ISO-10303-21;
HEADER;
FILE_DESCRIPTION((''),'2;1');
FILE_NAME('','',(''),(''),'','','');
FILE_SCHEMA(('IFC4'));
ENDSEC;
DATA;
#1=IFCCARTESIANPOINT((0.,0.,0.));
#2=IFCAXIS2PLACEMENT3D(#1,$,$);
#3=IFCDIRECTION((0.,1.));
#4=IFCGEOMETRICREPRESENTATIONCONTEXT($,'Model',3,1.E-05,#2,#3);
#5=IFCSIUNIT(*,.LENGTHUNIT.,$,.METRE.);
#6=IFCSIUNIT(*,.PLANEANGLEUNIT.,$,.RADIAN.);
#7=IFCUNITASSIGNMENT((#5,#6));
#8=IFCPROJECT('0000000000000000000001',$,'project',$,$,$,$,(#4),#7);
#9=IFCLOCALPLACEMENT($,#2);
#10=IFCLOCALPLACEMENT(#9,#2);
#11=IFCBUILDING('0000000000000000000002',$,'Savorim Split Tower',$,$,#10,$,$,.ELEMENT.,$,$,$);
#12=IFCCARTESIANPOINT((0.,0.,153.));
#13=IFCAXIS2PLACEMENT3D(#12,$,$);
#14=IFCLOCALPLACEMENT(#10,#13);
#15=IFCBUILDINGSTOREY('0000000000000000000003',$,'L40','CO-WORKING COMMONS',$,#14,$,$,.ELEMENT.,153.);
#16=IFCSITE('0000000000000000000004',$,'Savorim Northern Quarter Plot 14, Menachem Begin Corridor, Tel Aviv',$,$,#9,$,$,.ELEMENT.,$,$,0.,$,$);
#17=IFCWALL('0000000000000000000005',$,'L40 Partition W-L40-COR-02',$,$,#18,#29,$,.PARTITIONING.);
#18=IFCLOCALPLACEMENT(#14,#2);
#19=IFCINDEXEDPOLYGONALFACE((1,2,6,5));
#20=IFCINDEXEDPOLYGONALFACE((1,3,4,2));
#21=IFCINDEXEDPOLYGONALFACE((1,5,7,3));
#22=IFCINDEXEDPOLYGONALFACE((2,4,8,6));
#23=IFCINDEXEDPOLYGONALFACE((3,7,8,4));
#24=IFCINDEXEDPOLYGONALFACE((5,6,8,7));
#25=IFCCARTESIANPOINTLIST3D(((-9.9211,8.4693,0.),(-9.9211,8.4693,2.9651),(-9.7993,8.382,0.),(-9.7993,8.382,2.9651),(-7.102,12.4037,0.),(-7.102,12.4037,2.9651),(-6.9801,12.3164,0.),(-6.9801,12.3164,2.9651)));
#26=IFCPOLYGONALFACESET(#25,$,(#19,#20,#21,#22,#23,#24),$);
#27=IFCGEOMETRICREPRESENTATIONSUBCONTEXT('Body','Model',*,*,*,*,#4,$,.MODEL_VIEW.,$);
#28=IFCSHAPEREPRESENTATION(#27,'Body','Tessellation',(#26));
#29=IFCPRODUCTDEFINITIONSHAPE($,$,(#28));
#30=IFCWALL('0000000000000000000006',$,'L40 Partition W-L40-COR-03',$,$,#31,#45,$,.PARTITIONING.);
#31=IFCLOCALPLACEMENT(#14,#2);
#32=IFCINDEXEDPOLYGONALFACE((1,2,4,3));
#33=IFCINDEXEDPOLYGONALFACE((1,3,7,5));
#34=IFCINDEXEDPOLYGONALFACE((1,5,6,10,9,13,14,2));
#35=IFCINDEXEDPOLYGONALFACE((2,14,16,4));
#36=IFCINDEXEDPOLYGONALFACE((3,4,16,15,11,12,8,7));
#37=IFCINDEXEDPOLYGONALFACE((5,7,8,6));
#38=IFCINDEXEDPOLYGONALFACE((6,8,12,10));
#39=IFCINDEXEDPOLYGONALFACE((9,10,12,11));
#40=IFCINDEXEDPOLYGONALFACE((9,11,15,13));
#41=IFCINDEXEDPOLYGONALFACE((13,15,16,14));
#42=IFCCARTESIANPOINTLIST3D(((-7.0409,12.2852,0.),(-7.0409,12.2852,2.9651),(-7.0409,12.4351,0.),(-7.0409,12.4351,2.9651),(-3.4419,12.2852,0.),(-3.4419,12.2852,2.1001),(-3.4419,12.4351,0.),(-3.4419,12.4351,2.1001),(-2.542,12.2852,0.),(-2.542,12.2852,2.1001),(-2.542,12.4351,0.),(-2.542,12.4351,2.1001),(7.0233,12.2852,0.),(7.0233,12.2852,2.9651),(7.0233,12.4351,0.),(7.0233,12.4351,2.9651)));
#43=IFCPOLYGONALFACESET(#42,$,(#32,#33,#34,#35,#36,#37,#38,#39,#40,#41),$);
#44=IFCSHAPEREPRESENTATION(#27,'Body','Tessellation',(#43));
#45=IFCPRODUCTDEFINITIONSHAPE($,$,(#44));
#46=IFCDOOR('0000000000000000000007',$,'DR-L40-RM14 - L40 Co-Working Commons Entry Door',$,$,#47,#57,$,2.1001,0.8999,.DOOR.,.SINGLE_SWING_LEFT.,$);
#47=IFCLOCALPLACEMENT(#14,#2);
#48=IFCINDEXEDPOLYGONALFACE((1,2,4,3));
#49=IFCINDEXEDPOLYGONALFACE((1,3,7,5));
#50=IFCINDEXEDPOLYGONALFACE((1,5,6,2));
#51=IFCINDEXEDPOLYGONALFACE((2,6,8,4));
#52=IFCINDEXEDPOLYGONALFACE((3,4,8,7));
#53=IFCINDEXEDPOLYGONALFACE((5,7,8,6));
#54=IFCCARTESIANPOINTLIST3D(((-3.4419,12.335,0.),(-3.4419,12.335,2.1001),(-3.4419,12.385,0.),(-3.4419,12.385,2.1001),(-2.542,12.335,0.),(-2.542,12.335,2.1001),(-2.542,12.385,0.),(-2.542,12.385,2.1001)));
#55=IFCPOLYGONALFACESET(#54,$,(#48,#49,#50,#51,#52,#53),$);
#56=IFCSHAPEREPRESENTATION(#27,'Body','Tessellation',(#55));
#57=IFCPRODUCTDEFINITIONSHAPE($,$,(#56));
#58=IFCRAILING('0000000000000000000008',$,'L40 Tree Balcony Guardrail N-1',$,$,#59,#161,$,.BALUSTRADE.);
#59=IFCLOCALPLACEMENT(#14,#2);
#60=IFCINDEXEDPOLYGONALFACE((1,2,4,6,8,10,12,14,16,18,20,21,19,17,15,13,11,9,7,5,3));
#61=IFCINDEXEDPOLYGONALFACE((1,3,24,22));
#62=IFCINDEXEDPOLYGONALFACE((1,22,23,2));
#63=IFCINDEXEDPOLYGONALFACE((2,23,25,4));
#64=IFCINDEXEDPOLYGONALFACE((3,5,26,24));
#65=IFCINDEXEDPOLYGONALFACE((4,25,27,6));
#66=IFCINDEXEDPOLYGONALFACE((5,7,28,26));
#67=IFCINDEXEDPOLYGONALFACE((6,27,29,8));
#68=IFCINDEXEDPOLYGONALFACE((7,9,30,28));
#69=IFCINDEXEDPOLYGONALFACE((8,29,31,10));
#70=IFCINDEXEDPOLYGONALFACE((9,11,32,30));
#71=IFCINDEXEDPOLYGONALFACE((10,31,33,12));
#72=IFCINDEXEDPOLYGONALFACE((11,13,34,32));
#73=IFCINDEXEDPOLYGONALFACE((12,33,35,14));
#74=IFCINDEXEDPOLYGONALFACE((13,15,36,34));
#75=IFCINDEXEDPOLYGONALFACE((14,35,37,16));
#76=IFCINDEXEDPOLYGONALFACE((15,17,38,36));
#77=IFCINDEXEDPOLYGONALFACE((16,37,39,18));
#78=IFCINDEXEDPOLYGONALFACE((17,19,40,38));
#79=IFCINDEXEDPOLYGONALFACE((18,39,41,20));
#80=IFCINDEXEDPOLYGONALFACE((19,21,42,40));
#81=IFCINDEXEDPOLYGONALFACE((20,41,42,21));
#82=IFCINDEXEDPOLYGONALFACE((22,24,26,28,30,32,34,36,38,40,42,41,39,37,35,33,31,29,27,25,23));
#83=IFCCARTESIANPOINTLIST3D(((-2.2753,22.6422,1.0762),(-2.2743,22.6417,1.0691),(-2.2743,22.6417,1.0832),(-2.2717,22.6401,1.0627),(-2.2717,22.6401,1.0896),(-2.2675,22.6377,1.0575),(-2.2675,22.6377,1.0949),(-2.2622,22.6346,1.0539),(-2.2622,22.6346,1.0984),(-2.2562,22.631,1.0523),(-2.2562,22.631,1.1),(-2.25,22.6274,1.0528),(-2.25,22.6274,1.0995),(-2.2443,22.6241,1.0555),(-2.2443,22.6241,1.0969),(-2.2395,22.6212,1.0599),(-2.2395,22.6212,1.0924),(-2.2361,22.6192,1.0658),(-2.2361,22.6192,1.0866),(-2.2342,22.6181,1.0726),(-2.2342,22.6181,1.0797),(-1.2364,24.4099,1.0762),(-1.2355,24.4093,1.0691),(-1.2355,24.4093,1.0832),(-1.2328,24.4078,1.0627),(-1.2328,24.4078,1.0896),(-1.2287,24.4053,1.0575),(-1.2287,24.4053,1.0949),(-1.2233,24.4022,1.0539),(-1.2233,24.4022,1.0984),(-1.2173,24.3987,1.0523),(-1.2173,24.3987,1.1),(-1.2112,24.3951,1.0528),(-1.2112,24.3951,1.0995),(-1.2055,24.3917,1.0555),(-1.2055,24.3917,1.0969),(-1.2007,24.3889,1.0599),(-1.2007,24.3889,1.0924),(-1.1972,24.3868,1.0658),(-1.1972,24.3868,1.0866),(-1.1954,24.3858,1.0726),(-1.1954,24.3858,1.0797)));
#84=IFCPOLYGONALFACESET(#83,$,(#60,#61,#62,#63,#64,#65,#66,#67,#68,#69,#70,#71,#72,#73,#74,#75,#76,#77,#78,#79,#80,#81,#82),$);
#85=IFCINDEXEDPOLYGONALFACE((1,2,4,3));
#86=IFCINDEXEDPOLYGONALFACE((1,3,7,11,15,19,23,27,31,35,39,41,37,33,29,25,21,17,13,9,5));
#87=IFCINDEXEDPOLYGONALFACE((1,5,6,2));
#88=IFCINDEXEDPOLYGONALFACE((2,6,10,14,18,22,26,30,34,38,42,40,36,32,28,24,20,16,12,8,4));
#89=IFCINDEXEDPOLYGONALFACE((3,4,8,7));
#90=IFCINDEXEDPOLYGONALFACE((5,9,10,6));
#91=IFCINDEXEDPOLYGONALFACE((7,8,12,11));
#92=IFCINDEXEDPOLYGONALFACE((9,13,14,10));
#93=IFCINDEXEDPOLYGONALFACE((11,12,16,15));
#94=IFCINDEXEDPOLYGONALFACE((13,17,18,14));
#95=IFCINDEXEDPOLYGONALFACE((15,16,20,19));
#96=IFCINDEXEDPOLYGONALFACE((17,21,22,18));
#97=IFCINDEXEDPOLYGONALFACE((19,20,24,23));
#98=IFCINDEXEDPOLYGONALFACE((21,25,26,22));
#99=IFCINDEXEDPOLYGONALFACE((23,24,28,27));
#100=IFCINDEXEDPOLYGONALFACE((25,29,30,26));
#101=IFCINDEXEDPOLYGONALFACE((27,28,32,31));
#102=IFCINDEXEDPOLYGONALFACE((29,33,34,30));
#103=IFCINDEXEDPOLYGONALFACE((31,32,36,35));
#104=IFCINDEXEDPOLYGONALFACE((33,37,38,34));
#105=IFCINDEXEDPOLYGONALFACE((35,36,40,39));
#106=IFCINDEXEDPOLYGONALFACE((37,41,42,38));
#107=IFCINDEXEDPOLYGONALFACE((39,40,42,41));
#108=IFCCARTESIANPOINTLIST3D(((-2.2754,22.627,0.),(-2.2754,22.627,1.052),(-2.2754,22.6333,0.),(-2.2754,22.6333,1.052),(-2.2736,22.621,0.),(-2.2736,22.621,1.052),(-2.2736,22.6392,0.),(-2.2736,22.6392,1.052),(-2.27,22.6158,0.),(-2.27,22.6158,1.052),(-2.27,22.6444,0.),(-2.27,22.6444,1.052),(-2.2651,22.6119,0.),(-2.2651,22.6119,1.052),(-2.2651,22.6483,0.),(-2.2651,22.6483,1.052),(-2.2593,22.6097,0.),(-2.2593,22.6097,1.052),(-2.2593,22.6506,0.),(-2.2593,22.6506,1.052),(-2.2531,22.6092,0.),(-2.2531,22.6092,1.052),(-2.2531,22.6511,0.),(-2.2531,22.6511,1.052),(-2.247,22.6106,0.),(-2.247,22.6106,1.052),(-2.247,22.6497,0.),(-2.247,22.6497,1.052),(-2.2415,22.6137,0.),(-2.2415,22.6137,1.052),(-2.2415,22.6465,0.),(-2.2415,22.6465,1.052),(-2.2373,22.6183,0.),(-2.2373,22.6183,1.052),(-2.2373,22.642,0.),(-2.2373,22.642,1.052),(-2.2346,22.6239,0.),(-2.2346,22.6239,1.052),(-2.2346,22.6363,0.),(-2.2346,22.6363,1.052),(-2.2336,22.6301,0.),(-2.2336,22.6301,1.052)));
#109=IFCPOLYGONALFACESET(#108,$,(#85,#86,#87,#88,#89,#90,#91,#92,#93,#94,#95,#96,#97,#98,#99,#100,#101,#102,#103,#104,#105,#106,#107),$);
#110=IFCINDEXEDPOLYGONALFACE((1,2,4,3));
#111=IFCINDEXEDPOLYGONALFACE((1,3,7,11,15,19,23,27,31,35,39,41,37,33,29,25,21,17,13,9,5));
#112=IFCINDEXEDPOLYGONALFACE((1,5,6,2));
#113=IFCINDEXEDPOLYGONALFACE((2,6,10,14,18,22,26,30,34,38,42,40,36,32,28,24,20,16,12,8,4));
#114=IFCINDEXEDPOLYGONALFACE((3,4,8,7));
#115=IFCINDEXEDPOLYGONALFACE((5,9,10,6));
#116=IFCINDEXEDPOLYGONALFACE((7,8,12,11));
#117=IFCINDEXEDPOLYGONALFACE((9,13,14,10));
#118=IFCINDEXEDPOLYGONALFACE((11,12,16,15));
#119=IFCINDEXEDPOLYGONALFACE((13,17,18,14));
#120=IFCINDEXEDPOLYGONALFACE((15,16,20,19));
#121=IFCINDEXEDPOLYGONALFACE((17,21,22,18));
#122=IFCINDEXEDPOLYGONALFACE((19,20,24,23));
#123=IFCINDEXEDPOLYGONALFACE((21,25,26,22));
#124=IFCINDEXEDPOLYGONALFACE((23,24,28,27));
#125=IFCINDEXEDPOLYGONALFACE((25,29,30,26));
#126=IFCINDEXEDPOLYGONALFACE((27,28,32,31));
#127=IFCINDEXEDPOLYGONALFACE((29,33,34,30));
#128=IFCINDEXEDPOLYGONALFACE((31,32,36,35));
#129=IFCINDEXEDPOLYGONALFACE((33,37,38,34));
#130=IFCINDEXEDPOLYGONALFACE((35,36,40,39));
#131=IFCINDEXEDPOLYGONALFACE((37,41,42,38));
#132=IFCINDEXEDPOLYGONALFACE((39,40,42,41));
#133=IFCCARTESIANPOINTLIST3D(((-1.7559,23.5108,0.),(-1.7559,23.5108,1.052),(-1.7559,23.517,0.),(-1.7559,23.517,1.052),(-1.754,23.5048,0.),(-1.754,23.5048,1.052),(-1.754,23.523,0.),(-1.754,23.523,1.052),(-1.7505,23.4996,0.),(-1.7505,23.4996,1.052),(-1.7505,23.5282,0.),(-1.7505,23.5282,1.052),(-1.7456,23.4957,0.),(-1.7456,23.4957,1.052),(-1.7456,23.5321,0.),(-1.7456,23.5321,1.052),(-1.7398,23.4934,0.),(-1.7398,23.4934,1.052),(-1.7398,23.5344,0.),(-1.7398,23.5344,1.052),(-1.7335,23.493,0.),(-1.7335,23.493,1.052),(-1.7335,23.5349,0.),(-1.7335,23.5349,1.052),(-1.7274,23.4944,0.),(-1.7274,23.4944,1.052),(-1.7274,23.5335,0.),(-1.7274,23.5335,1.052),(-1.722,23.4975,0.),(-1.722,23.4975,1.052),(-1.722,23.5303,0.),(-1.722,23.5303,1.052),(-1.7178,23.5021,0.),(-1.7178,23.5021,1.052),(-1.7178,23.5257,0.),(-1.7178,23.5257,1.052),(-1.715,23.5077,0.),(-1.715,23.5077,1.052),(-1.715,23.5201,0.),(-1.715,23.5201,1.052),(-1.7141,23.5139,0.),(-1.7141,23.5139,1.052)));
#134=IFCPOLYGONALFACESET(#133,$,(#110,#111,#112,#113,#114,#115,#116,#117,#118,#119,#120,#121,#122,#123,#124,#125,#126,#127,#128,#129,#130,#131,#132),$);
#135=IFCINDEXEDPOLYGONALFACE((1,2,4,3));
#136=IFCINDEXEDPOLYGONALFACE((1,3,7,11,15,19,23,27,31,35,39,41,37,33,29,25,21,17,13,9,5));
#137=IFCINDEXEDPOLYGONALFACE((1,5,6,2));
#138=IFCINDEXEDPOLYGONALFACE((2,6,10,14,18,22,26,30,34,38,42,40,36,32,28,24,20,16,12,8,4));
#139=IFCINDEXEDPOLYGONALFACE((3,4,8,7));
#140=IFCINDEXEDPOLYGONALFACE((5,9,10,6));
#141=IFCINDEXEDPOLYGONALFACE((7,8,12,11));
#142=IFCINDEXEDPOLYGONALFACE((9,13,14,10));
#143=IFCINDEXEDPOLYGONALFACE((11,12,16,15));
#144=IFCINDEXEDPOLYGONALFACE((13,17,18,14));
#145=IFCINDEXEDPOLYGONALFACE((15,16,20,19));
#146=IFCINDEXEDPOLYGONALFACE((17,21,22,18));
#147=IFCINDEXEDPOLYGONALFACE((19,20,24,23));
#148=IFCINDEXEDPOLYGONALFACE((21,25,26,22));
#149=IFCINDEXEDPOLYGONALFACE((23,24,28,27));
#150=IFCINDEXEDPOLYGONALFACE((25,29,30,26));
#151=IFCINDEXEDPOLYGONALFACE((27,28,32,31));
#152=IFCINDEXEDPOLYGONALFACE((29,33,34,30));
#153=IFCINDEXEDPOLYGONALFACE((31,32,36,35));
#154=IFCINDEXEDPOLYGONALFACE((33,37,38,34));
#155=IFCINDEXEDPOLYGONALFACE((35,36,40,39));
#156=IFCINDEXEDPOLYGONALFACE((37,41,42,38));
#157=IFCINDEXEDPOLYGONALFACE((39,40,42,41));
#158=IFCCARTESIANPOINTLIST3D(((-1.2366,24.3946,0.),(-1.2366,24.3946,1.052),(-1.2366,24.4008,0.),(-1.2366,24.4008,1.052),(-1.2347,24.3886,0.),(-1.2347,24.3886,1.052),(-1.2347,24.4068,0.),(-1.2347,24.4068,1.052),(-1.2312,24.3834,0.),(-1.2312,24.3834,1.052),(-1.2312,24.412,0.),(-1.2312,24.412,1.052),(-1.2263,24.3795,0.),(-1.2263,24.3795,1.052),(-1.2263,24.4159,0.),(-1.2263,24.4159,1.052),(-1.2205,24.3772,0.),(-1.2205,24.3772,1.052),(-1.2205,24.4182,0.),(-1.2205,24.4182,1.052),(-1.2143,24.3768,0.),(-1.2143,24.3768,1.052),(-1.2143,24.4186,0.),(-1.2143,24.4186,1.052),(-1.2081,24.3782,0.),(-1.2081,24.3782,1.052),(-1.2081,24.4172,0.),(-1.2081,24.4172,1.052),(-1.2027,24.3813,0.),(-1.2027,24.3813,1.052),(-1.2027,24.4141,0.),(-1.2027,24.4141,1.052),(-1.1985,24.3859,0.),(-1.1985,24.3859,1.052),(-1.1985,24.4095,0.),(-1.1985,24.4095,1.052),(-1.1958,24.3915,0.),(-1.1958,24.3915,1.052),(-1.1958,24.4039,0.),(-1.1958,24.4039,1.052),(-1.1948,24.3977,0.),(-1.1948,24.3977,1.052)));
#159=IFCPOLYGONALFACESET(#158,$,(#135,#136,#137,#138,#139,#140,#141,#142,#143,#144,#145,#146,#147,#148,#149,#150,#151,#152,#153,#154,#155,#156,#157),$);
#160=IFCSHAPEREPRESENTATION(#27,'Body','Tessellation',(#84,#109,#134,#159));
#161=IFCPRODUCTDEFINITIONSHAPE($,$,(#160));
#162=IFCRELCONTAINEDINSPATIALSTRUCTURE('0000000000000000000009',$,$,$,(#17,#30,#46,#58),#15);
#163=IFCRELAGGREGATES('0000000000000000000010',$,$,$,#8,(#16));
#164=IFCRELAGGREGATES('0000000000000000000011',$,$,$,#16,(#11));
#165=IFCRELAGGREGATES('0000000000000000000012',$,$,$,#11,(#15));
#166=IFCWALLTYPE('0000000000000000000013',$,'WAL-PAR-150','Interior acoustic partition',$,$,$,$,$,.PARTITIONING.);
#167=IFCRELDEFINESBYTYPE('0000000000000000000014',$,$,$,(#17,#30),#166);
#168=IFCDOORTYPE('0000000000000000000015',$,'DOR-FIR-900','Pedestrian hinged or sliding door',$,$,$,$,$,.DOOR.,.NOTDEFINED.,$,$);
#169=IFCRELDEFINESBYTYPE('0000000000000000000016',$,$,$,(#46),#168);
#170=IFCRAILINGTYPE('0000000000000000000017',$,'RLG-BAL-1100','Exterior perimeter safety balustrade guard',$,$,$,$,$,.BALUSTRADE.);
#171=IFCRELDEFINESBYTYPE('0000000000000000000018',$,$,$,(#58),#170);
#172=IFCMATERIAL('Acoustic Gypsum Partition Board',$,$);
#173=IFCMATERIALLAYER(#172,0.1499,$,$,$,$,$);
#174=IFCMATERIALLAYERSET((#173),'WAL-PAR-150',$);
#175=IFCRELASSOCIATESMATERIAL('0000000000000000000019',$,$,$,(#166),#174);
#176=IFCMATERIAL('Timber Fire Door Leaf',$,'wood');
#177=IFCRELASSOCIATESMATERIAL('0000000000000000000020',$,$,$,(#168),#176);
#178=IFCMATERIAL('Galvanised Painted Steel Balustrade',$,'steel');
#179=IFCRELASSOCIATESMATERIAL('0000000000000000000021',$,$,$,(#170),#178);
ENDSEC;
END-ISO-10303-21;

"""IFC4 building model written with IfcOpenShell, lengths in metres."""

from ifc_helpers import new_model, si_unit, direction, frame, frame_2d, origin, origin_2d, place, context, subcontext, project, spatial, rectangle, circle, extrude, material, layer, layer_set, type_object, element, fill, save


model = new_model("IFC4")

# Units and contexts
model_context = context("Model", 3, precision=1e-05, world=origin(), true_north=direction((0.0, 1.0)))
body_context = subcontext(model_context, "Body", "Model", "MODEL_VIEW")
ifc_project = project(units=[si_unit("LENGTHUNIT", "METRE"), si_unit("PLANEANGLEUNIT", "RADIAN")], contexts=[model_context])

# Site, building, storey
site_placement = place(None, origin())
site = spatial("IfcSite", under=ifc_project, at=site_placement, Name="Savorim Northern Quarter Plot 14, Menachem Begin Corridor, Tel Aviv", CompositionType="ELEMENT", RefElevation=0.0)
building_placement = place(site_placement, origin())
building = spatial("IfcBuilding", under=site, at=building_placement, Name="Savorim Split Tower", CompositionType="ELEMENT")
storey_placement = place(building_placement, frame((0.0, 0.0, 153.0)))
storey = spatial("IfcBuildingStorey", under=building, at=storey_placement, Name="L40", Description="CO-WORKING COMMONS", CompositionType="ELEMENT", Elevation=153.0)

# Wall
ifc_material_1 = material(Name="Acoustic Gypsum Partition Board")
ifc_layer_1 = layer(ifc_material_1, 0.1499)
ifc_layer_set_1 = layer_set([ifc_layer_1], Name="WAL-PAR-150")
wall_type_1 = type_object("IfcWallType", Name="WAL-PAR-150", Description="Interior acoustic partition", PredefinedType="PARTITIONING", material=ifc_layer_set_1)
wall_1_placement = place(storey_placement, frame((-9.8601, 8.4258, 0.0), z_axis=(0.0, 0.0, 1.0), x_axis=(0.58245, 0.812867, 0.0)))
element("IfcWall", 1, at=wall_1_placement, inside=storey, type_object=wall_type_1, Name="L40 Partition W-L40-COR-02", PredefinedType="PARTITIONING", context=body_context, shape_type="SweptSolid", body=[
    extrude(rectangle(XDim=4.8401, YDim=0.1499, at=frame_2d((2.4199, 0.0))), origin(), (0.0, 0.0, 1.0), 2.9651),
])

# Wall, opening, door
wall_2_placement = place(storey_placement, frame((-7.041, 12.3601, 0.0), z_axis=(0.0, 0.0, 1.0), x_axis=(1.0, 0.0, 0.0)))
wall_2 = element("IfcWall", 2, at=wall_2_placement, inside=storey, type_object=wall_type_1, Name="L40 Partition W-L40-COR-03", PredefinedType="PARTITIONING", context=body_context, shape_type="SweptSolid", body=[
    extrude(rectangle(XDim=14.0642, YDim=0.1499, at=frame_2d((7.0322, 0.0))), origin(), (0.0, 0.0, 1.0), 2.9651),
])
opening_1_placement = place(wall_2_placement, frame((3.5991, 0.0, 0.0)))
opening_1 = element("IfcOpeningElement", 3, at=opening_1_placement, cuts=wall_2, PredefinedType="OPENING", context=body_context, shape_type="SweptSolid", body=[
    extrude(rectangle(XDim=0.8999, YDim=2.1001, at=frame_2d((0.45, 1.05))), frame((0.0, 0.085, 0.0), z_axis=(0.0, -1.0, 0.0), x_axis=(1.0, 0.0, 0.0)), (0.0, 0.0, 1.0), 0.1699),
])
ifc_material_2 = material(Name="Timber Fire Door Leaf", Category="wood")
door_type_1 = type_object("IfcDoorType", Name="DOR-FIR-900", Description="Pedestrian hinged or sliding door", OperationType="NOTDEFINED", PredefinedType="DOOR", material=ifc_material_2)
door_1_placement = place(opening_1_placement, origin())
door_1 = element("IfcDoor", 4, at=door_1_placement, inside=storey, type_object=door_type_1, Name="DR-L40-RM14 - L40 Co-Working Commons Entry Door", OperationType="SINGLE_SWING_LEFT", OverallHeight=2.1001, OverallWidth=0.8999, PredefinedType="DOOR", context=body_context, shape_type="SweptSolid", body=[
    extrude(rectangle(XDim=0.8999, YDim=2.1001, at=frame_2d((0.45, 1.05))), frame((0.0, 0.0249, 0.0), z_axis=(0.0, -1.0, 0.0), x_axis=(1.0, 0.0, 0.0)), (0.0, 0.0, 1.0), 0.05),
])
fill(opening_1, door_1)

# Railing
ifc_material_3 = material(Name="Galvanised Painted Steel Balustrade", Category="steel")
railing_type = type_object("IfcRailingType", Name="RLG-BAL-1100", Description="Exterior perimeter safety balustrade guard", PredefinedType="BALUSTRADE", material=ifc_material_3)
railing_1_placement = place(storey_placement, frame((-2.2546, 22.6301, 0.0)))
element("IfcRailing", 5, at=railing_1_placement, inside=storey, type_object=railing_type, Name="L40 Tree Balcony Guardrail N-1", PredefinedType="BALUSTRADE", context=body_context, shape_type="SweptSolid", body=[
    extrude(circle(Radius=0.0239, at=origin_2d()), frame((0.0, 0.0, 1.0762), z_axis=(0.506682, 0.862133, 0.0), x_axis=(-0.862133, 0.506682, 0.0)), (0.0, 0.0, 1.0), 2.0503),
    extrude(circle(Radius=0.021, at=origin_2d()), origin(), (0.0, 0.0, 1.0), 1.052),
    extrude(circle(Radius=0.021, at=origin_2d()), frame((0.5195, 0.8838, 0.0)), (0.0, 0.0, 1.0), 1.052),
    extrude(circle(Radius=0.021, at=origin_2d()), frame((1.0388, 1.7676, 0.0)), (0.0, 0.0, 1.0), 1.052),
])

save(model, "model.ifc")
